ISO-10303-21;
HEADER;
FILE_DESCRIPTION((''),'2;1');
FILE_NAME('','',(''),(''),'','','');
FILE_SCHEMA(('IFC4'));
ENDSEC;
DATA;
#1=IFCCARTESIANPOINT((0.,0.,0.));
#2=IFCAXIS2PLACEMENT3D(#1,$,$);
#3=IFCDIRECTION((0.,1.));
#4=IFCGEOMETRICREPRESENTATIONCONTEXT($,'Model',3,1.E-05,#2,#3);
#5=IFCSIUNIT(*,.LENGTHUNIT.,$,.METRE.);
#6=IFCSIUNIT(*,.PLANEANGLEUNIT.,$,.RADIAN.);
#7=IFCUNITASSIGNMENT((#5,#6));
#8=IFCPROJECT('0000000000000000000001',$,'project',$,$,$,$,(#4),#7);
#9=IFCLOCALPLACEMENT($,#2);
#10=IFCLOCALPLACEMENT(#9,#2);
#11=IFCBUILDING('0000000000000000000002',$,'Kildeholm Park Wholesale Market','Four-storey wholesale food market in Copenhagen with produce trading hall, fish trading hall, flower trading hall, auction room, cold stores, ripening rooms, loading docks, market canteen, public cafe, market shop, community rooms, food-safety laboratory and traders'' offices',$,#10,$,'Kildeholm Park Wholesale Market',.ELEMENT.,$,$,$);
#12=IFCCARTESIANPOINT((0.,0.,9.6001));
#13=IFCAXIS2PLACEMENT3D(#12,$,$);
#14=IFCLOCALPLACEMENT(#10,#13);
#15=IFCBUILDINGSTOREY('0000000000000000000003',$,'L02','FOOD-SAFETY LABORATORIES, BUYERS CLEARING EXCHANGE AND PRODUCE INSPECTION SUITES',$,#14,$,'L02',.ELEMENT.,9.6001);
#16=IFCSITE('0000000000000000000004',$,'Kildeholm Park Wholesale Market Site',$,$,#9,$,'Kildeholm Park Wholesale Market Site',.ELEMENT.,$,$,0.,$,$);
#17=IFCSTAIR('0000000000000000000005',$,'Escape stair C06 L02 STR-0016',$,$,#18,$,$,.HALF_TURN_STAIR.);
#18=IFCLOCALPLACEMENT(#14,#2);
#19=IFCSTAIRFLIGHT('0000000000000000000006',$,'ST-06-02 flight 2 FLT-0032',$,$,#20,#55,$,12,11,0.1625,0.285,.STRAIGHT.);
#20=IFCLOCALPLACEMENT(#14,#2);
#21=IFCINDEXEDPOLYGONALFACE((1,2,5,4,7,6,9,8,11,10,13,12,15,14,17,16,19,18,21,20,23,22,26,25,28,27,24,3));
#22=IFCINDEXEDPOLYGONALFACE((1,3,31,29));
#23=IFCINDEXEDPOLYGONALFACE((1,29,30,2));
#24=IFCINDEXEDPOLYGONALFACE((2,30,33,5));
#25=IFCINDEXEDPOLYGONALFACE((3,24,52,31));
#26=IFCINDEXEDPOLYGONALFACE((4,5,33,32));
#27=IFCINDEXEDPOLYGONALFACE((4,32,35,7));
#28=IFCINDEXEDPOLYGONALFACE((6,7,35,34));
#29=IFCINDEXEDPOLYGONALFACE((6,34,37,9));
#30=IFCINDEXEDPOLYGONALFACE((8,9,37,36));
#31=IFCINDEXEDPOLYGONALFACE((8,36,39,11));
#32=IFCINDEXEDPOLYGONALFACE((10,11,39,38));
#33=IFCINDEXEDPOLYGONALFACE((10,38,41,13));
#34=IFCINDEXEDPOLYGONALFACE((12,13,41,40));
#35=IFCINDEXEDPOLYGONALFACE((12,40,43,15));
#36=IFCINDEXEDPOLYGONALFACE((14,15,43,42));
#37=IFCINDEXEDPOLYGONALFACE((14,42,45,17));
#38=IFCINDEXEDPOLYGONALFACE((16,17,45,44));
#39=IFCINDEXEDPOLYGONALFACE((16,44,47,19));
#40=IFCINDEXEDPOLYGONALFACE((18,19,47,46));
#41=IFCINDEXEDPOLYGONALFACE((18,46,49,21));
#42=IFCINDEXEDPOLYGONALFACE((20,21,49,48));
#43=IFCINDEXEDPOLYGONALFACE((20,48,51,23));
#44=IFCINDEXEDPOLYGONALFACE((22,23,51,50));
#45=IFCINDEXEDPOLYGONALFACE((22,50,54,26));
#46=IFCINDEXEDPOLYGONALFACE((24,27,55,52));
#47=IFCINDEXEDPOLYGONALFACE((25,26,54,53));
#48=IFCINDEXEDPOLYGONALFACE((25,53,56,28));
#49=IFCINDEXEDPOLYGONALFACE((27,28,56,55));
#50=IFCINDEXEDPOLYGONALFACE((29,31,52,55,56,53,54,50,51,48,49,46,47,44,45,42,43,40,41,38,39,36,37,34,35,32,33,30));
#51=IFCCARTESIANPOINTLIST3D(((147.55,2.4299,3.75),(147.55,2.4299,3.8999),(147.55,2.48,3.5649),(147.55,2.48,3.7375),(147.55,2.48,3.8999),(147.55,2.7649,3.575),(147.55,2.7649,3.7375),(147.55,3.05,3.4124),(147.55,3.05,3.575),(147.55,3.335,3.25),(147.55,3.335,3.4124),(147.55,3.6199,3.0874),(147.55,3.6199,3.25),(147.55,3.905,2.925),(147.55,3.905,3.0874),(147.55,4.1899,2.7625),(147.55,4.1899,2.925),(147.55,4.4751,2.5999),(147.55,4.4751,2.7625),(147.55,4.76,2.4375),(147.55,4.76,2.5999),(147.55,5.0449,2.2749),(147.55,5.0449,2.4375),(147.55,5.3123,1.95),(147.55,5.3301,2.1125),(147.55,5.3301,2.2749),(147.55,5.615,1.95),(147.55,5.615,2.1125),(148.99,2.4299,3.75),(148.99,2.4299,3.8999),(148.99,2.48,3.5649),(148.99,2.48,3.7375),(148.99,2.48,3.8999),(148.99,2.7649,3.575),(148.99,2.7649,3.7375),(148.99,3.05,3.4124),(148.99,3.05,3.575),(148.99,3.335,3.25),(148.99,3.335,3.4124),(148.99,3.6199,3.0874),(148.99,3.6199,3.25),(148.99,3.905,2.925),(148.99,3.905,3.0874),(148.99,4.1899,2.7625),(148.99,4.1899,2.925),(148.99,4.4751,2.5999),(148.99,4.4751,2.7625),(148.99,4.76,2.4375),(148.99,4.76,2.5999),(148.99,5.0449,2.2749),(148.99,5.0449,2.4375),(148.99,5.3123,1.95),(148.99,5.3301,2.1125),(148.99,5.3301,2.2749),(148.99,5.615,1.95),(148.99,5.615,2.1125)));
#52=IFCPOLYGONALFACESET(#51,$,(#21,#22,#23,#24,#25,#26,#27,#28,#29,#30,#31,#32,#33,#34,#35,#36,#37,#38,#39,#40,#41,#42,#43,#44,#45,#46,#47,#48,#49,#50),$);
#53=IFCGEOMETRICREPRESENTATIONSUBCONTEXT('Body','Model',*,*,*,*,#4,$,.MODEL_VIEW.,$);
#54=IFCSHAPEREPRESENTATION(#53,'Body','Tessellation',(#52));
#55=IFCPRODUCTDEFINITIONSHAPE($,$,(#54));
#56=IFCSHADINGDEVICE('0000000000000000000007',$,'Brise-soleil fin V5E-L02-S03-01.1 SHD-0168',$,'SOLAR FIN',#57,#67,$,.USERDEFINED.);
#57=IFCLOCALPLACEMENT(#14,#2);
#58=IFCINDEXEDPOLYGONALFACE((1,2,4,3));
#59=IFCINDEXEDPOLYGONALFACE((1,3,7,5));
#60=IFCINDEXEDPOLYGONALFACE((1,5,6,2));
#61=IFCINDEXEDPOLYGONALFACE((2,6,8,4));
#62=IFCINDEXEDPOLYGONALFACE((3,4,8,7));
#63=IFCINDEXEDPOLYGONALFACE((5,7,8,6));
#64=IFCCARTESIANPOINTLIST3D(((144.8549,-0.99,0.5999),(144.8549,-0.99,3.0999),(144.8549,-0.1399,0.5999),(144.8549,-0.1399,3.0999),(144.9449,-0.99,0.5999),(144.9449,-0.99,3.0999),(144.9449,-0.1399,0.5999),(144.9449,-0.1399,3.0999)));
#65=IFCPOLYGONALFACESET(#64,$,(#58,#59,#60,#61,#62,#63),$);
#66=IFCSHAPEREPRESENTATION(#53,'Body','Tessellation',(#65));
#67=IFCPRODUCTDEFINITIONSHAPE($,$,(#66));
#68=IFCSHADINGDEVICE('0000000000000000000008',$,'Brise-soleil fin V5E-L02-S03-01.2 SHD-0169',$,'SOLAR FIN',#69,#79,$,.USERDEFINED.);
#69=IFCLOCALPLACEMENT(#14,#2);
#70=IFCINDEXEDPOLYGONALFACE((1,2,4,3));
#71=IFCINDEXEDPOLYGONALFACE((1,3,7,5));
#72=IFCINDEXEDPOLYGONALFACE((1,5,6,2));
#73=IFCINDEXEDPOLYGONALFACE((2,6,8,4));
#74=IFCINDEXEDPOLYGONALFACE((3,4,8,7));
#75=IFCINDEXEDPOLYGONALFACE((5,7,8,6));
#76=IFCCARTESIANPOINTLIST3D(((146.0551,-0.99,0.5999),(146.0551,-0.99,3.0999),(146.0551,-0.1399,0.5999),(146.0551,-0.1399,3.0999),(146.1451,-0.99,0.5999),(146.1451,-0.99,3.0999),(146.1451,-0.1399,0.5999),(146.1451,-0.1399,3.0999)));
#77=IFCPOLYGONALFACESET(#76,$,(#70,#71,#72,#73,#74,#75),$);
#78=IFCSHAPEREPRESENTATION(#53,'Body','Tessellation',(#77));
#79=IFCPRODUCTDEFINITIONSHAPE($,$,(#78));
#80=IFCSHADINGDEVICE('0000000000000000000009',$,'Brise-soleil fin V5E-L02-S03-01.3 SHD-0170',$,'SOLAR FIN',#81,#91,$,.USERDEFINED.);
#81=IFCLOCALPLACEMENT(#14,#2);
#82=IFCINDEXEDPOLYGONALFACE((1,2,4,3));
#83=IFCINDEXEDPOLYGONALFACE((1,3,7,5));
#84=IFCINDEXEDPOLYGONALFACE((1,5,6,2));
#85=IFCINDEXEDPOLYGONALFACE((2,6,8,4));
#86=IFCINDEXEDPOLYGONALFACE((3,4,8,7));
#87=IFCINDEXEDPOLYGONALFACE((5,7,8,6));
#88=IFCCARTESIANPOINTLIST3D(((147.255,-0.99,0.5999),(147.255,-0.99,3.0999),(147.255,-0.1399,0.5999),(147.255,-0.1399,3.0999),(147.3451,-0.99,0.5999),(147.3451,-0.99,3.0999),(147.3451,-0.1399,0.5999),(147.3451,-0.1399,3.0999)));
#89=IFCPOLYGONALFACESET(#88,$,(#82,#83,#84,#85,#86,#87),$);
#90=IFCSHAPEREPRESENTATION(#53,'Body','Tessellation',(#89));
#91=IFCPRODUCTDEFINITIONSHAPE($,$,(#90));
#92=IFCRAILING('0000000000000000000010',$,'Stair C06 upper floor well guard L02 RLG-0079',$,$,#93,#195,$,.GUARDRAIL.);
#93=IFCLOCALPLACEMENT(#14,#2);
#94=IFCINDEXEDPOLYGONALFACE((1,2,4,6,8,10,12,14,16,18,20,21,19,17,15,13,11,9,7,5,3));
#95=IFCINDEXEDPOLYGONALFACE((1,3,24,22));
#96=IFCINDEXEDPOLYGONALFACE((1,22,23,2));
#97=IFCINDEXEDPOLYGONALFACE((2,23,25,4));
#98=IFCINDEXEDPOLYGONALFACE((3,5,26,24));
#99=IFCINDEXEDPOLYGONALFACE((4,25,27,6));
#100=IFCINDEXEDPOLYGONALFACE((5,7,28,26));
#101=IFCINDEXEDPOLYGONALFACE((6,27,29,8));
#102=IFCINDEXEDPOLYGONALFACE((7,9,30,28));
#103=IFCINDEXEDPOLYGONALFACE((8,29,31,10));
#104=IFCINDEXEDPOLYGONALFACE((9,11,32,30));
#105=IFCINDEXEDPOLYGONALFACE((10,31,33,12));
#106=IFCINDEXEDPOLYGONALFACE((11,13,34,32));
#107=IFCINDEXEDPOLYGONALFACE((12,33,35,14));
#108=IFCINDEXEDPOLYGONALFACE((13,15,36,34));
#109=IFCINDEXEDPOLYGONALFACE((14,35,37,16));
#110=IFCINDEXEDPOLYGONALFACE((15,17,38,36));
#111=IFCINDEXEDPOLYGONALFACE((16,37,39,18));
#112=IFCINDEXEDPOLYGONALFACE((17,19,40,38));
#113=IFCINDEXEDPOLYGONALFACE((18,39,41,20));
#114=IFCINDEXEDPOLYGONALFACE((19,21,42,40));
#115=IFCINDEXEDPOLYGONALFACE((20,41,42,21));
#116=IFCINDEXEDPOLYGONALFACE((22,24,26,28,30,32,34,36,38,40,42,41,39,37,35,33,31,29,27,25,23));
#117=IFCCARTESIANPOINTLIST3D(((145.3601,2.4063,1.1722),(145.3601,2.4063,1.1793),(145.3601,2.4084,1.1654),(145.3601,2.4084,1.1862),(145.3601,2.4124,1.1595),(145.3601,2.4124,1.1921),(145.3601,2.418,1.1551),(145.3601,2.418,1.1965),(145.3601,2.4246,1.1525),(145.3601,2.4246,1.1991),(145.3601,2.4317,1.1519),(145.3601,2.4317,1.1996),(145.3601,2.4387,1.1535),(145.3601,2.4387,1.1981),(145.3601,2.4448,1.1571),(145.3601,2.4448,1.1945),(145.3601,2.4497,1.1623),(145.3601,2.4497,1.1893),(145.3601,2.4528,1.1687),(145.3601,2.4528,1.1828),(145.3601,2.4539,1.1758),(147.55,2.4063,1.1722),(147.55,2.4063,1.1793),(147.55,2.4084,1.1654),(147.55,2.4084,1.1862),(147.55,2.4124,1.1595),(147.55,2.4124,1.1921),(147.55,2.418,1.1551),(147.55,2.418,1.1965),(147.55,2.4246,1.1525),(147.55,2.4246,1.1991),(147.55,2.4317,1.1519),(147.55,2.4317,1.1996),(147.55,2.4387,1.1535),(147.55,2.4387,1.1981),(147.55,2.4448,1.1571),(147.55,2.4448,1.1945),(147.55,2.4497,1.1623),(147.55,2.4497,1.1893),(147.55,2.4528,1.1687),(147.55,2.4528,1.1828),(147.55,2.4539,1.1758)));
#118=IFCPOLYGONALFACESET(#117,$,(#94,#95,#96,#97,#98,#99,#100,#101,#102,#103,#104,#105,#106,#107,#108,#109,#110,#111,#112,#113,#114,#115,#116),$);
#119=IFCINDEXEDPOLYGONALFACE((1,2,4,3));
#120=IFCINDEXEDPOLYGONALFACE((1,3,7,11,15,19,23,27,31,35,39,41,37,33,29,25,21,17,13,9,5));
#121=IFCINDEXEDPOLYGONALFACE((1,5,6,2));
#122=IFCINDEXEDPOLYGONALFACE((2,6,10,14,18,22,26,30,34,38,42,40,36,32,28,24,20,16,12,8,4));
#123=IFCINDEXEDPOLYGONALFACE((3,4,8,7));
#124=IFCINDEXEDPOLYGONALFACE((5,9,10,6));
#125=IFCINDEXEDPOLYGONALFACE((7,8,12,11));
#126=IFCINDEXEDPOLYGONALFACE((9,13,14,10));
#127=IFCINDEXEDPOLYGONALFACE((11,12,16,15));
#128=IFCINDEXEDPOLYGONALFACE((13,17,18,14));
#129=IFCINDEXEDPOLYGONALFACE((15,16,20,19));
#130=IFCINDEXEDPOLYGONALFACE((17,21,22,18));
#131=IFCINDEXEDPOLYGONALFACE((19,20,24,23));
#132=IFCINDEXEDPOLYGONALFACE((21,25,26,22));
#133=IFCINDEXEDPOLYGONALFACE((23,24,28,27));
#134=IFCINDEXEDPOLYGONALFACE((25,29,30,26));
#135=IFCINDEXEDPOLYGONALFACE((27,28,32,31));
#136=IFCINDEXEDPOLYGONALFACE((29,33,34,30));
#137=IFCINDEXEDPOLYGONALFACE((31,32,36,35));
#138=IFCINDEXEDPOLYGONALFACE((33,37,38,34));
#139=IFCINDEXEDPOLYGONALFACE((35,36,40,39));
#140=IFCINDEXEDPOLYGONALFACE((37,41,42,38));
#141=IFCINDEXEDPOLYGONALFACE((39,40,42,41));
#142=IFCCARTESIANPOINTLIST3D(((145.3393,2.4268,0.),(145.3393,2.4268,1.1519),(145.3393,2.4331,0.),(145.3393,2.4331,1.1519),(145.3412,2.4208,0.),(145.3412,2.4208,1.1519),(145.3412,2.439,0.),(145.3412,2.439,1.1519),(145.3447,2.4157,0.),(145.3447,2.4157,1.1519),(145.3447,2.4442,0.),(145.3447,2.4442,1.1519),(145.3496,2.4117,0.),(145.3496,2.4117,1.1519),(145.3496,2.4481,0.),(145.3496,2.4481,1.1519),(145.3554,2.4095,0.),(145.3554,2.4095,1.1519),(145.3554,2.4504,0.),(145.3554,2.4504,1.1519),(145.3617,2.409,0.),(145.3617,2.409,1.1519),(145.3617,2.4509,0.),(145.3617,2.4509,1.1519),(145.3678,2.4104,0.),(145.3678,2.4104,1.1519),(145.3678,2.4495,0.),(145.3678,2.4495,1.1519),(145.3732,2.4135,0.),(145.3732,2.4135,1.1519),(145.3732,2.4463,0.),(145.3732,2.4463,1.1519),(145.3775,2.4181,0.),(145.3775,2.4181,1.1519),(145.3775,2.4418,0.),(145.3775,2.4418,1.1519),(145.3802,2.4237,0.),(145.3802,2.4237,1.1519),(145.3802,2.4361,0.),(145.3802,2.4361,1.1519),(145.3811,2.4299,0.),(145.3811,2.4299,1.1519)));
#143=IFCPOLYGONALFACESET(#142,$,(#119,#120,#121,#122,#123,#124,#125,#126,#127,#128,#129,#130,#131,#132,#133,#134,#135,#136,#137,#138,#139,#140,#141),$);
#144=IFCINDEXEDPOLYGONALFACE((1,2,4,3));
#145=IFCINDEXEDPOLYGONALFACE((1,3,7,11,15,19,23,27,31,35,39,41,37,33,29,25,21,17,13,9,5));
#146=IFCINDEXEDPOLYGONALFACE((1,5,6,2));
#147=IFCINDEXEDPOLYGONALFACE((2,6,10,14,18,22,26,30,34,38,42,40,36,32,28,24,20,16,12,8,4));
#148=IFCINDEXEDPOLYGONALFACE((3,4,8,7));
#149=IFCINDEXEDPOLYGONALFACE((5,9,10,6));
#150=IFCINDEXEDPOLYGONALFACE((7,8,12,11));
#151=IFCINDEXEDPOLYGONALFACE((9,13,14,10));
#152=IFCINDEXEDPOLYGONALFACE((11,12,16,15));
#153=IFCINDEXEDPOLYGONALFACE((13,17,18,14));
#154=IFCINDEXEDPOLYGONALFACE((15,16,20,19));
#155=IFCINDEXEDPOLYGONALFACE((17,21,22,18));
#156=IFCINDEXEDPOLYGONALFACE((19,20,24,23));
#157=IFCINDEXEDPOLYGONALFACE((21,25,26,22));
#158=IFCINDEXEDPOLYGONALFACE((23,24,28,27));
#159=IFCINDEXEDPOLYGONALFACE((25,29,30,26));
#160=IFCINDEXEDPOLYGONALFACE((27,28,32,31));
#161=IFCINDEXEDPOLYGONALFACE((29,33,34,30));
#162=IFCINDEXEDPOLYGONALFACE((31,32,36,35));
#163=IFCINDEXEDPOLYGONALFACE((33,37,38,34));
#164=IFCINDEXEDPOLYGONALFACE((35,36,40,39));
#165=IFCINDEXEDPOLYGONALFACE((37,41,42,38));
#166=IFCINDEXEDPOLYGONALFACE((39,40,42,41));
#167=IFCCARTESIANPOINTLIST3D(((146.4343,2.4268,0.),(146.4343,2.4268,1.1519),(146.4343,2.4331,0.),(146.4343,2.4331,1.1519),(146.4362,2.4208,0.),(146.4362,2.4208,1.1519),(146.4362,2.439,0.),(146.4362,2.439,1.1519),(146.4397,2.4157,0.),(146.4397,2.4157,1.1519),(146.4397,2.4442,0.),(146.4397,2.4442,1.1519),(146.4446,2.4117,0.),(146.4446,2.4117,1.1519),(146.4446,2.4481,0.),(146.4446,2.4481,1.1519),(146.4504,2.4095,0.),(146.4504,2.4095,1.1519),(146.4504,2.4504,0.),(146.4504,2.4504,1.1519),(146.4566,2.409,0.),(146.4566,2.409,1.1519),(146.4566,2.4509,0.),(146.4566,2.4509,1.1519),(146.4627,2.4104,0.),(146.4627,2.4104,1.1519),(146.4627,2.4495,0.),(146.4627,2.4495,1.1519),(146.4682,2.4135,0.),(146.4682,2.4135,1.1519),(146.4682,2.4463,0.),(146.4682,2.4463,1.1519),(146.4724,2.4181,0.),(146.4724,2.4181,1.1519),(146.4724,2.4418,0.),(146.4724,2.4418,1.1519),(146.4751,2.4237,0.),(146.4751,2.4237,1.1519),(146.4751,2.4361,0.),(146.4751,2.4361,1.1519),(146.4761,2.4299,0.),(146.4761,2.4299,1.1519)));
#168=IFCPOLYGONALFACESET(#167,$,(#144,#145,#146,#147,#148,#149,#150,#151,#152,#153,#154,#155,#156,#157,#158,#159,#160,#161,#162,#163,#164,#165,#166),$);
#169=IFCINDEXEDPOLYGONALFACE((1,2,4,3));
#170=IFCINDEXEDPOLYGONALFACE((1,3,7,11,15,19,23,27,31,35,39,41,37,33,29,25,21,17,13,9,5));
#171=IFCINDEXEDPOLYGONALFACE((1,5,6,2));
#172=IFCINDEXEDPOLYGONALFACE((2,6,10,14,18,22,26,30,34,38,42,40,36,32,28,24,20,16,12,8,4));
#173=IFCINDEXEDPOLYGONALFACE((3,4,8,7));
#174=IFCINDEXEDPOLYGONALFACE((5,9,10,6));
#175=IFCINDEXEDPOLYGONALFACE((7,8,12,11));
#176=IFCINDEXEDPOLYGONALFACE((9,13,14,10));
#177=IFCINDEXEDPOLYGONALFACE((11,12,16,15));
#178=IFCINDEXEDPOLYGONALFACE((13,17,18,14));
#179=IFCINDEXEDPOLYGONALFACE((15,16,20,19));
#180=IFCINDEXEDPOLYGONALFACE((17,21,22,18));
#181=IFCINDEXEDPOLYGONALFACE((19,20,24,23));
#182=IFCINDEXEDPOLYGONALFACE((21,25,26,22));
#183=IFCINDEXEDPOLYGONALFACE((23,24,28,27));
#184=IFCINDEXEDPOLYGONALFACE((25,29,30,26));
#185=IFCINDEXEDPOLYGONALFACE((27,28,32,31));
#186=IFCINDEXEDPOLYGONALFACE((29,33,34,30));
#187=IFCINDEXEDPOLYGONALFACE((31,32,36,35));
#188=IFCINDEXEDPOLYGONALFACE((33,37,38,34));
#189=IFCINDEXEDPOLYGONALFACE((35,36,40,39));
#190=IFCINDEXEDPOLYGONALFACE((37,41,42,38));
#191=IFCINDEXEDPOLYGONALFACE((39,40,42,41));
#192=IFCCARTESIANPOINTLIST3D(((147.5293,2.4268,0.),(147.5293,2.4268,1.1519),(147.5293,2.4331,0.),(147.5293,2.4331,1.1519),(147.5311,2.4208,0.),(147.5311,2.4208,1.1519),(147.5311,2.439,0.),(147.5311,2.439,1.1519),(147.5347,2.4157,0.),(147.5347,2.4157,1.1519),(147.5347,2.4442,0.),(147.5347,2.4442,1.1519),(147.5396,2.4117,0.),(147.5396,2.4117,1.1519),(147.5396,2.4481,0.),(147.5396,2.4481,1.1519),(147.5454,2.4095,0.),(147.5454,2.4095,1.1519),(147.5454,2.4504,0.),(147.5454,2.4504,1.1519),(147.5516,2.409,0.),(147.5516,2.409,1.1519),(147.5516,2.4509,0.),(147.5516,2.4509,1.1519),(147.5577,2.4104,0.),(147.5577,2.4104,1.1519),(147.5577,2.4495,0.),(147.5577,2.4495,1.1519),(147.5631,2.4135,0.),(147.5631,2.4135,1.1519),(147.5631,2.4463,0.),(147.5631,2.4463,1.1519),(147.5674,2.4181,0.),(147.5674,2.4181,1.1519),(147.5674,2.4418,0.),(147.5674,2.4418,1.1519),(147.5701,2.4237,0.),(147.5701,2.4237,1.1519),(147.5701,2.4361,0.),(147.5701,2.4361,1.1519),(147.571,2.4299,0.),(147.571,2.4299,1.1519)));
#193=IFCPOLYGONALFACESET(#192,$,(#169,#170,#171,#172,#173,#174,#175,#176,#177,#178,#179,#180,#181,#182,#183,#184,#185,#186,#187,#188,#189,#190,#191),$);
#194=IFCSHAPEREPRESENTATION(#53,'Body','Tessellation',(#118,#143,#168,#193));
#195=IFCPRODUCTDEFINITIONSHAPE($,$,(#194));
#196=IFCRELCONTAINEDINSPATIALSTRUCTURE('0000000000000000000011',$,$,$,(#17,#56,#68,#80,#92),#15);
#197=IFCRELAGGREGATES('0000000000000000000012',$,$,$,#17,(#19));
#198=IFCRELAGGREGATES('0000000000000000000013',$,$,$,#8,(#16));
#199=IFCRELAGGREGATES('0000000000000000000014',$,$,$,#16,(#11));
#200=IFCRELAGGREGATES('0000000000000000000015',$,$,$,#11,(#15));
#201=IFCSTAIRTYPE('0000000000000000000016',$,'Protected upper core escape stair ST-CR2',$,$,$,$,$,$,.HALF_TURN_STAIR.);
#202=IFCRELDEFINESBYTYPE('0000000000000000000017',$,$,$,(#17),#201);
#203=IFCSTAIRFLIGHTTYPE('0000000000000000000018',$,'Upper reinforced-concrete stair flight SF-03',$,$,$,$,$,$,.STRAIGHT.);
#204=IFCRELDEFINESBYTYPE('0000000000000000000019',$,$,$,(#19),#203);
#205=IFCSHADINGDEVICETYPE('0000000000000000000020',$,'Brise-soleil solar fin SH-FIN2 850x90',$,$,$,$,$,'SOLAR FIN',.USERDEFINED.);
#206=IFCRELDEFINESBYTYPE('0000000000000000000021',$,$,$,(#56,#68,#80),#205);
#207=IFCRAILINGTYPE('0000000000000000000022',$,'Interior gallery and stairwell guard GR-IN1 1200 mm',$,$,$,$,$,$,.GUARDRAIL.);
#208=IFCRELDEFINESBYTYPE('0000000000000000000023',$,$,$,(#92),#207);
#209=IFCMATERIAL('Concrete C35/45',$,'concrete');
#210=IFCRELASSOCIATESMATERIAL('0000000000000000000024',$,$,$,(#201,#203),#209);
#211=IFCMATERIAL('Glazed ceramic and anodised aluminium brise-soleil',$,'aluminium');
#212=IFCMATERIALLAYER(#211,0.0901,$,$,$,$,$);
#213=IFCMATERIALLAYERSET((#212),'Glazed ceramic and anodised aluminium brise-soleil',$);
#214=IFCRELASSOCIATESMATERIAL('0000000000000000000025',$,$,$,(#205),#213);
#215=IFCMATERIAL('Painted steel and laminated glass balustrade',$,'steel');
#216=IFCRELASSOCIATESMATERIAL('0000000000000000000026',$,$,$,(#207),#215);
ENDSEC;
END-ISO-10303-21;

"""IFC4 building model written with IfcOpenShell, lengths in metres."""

from ifc_helpers import new_model, si_unit, direction, frame, origin, origin_2d, place, context, subcontext, project, spatial, polyline, rectangle, circle, outline, extrude, material, layer, layer_set, type_object, element, aggregate, save


model = new_model("IFC4")

# Units and contexts
model_context = context("Model", 3, precision=1e-05, world=origin(), true_north=direction((0.0, 1.0)))
body_context = subcontext(model_context, "Body", "Model", "MODEL_VIEW")
ifc_project = project(units=[si_unit("LENGTHUNIT", "METRE"), si_unit("PLANEANGLEUNIT", "RADIAN")], contexts=[model_context])

# Site, building, storey
site_placement = place(None, origin())
site = spatial("IfcSite", under=ifc_project, at=site_placement, Name="Kildeholm Park Wholesale Market Site", LongName="Kildeholm Park Wholesale Market Site", CompositionType="ELEMENT", RefElevation=0.0)
building_placement = place(site_placement, origin())
building = spatial("IfcBuilding", under=site, at=building_placement, Name="Kildeholm Park Wholesale Market", Description="Four-storey wholesale food market in Copenhagen with produce trading hall, fish trading hall, flower trading hall, auction room, cold stores, ripening rooms, loading docks, market canteen, public cafe, market shop, community rooms, food-safety laboratory and traders' offices", LongName="Kildeholm Park Wholesale Market", CompositionType="ELEMENT")
storey_placement = place(building_placement, frame((0.0, 0.0, 9.6001)))
storey = spatial("IfcBuildingStorey", under=building, at=storey_placement, Name="L02", Description="FOOD-SAFETY LABORATORIES, BUYERS CLEARING EXCHANGE AND PRODUCE INSPECTION SUITES", LongName="L02", CompositionType="ELEMENT", Elevation=9.6001)

# Stair, stair flight
ifc_material_1 = material(Name="Concrete C35/45", Category="concrete")
stair_type = type_object("IfcStairType", Name="Protected upper core escape stair ST-CR2", PredefinedType="HALF_TURN_STAIR", material=ifc_material_1)
stair_placement = place(storey_placement, origin())
stair = element("IfcStair", 1, at=stair_placement, inside=storey, type_object=stair_type, Name="Escape stair C06 L02 STR-0016", PredefinedType="HALF_TURN_STAIR")
stair_flight_type = type_object("IfcStairFlightType", Name="Upper reinforced-concrete stair flight SF-03", PredefinedType="STRAIGHT", material=ifc_material_1)
stair_flight_1_placement = place(storey_placement, frame((148.27, 5.615, 1.95), z_axis=(0.0, 0.0, 1.0), x_axis=(0.0, -1.0, 0.0)))
stair_flight_1 = element("IfcStairFlight", 2, at=stair_flight_1_placement, type_object=stair_flight_type, Name="ST-06-02 flight 2 FLT-0032", NumberOfRisers=12, NumberOfTreads=11, PredefinedType="STRAIGHT", RiserHeight=0.1625, TreadLength=0.285, context=body_context, shape_type="SweptSolid", body=[
    extrude(outline(polyline([(0.0, 0.0), (0.0, 0.1626), (0.2849, 0.1626), (0.2849, 0.325), (0.5701, 0.325), (0.5701, 0.4875), (0.855, 0.4875), (0.855, 0.6499), (1.1399, 0.6499), (1.1399, 0.8125), (1.425, 0.8125), (1.425, 0.9751), (1.71, 0.9751), (1.71, 1.1375), (1.9951, 1.1375), (1.9951, 1.3), (2.28, 1.3), (2.28, 1.4624), (2.5649, 1.4624), (2.5649, 1.625), (2.8501, 1.625), (2.8501, 1.7876), (3.135, 1.7876), (3.135, 1.95), (3.1851, 1.95), (3.1851, 1.8), (3.135, 1.615), (0.3027, 0.0), (0.0, 0.0)])), frame((0.0, 0.72, 0.0), z_axis=(0.0, -1.0, 0.0), x_axis=(1.0, 0.0, 0.0)), (0.0, 0.0, 1.0), 1.4399),
])
aggregate(stair, [stair_flight_1])

# Shading devices
ifc_material_2 = material(Name="Glazed ceramic and anodised aluminium brise-soleil", Category="aluminium")
ifc_layer_1 = layer(ifc_material_2, 0.0901)
ifc_layer_set_1 = layer_set([ifc_layer_1], Name="Glazed ceramic and anodised aluminium brise-soleil")
shading_device_type = type_object("IfcShadingDeviceType", Name="Brise-soleil solar fin SH-FIN2 850x90", ElementType="SOLAR FIN", PredefinedType="USERDEFINED", material=ifc_layer_set_1)
for number, where, z_axis, x_axis, name in (
    (3, (144.8999, -0.5649, 0.5999), (0.0, 0.0, 1.0), (0.0, -1.0, 0.0), "Brise-soleil fin V5E-L02-S03-01.1 SHD-0168"),
    (4, (146.1001, -0.5649, 0.5999), (0.0, 0.0, 1.0), (0.0, -1.0, 0.0), "Brise-soleil fin V5E-L02-S03-01.2 SHD-0169"),
    (5, (147.3, -0.5649, 0.5999), (0.0, 0.0, 1.0), (0.0, -1.0, 0.0), "Brise-soleil fin V5E-L02-S03-01.3 SHD-0170"),
):
    element("IfcShadingDevice", number, at=place(storey_placement, frame(where, z_axis=z_axis, x_axis=x_axis)), inside=storey, type_object=shading_device_type, Name=name, ObjectType="SOLAR FIN", PredefinedType="USERDEFINED", context=body_context, shape_type="SweptSolid", body=[
        extrude(rectangle(XDim=0.8501, YDim=0.0901, at=origin_2d()), origin(), (0.0, 0.0, 1.0), 2.5),
    ])

# Railing
ifc_material_3 = material(Name="Painted steel and laminated glass balustrade", Category="steel")
railing_type_1 = type_object("IfcRailingType", Name="Interior gallery and stairwell guard GR-IN1 1200 mm", PredefinedType="GUARDRAIL", material=ifc_material_3)
railing_1_placement = place(storey_placement, frame((145.3601, 2.4299, 0.0)))
element("IfcRailing", 6, at=railing_1_placement, inside=storey, type_object=railing_type_1, Name="Stair C06 upper floor well guard L02 RLG-0079", PredefinedType="GUARDRAIL", context=body_context, shape_type="SweptSolid", body=[
    extrude(circle(Radius=0.0239, at=origin_2d()), frame((0.0, 0.0, 1.1758), z_axis=(1.0, 0.0, 0.0), x_axis=(0.0, 1.0, 0.0)), (0.0, 0.0, 1.0), 2.1899),
    extrude(circle(Radius=0.021, at=origin_2d()), origin(), (0.0, 0.0, 1.0), 1.1519),
    extrude(circle(Radius=0.021, at=origin_2d()), frame((1.095, 0.0, 0.0)), (0.0, 0.0, 1.0), 1.1519),
    extrude(circle(Radius=0.021, at=origin_2d()), frame((2.1899, 0.0, 0.0)), (0.0, 0.0, 1.0), 1.1519),
])

save(model, "model.ifc")
